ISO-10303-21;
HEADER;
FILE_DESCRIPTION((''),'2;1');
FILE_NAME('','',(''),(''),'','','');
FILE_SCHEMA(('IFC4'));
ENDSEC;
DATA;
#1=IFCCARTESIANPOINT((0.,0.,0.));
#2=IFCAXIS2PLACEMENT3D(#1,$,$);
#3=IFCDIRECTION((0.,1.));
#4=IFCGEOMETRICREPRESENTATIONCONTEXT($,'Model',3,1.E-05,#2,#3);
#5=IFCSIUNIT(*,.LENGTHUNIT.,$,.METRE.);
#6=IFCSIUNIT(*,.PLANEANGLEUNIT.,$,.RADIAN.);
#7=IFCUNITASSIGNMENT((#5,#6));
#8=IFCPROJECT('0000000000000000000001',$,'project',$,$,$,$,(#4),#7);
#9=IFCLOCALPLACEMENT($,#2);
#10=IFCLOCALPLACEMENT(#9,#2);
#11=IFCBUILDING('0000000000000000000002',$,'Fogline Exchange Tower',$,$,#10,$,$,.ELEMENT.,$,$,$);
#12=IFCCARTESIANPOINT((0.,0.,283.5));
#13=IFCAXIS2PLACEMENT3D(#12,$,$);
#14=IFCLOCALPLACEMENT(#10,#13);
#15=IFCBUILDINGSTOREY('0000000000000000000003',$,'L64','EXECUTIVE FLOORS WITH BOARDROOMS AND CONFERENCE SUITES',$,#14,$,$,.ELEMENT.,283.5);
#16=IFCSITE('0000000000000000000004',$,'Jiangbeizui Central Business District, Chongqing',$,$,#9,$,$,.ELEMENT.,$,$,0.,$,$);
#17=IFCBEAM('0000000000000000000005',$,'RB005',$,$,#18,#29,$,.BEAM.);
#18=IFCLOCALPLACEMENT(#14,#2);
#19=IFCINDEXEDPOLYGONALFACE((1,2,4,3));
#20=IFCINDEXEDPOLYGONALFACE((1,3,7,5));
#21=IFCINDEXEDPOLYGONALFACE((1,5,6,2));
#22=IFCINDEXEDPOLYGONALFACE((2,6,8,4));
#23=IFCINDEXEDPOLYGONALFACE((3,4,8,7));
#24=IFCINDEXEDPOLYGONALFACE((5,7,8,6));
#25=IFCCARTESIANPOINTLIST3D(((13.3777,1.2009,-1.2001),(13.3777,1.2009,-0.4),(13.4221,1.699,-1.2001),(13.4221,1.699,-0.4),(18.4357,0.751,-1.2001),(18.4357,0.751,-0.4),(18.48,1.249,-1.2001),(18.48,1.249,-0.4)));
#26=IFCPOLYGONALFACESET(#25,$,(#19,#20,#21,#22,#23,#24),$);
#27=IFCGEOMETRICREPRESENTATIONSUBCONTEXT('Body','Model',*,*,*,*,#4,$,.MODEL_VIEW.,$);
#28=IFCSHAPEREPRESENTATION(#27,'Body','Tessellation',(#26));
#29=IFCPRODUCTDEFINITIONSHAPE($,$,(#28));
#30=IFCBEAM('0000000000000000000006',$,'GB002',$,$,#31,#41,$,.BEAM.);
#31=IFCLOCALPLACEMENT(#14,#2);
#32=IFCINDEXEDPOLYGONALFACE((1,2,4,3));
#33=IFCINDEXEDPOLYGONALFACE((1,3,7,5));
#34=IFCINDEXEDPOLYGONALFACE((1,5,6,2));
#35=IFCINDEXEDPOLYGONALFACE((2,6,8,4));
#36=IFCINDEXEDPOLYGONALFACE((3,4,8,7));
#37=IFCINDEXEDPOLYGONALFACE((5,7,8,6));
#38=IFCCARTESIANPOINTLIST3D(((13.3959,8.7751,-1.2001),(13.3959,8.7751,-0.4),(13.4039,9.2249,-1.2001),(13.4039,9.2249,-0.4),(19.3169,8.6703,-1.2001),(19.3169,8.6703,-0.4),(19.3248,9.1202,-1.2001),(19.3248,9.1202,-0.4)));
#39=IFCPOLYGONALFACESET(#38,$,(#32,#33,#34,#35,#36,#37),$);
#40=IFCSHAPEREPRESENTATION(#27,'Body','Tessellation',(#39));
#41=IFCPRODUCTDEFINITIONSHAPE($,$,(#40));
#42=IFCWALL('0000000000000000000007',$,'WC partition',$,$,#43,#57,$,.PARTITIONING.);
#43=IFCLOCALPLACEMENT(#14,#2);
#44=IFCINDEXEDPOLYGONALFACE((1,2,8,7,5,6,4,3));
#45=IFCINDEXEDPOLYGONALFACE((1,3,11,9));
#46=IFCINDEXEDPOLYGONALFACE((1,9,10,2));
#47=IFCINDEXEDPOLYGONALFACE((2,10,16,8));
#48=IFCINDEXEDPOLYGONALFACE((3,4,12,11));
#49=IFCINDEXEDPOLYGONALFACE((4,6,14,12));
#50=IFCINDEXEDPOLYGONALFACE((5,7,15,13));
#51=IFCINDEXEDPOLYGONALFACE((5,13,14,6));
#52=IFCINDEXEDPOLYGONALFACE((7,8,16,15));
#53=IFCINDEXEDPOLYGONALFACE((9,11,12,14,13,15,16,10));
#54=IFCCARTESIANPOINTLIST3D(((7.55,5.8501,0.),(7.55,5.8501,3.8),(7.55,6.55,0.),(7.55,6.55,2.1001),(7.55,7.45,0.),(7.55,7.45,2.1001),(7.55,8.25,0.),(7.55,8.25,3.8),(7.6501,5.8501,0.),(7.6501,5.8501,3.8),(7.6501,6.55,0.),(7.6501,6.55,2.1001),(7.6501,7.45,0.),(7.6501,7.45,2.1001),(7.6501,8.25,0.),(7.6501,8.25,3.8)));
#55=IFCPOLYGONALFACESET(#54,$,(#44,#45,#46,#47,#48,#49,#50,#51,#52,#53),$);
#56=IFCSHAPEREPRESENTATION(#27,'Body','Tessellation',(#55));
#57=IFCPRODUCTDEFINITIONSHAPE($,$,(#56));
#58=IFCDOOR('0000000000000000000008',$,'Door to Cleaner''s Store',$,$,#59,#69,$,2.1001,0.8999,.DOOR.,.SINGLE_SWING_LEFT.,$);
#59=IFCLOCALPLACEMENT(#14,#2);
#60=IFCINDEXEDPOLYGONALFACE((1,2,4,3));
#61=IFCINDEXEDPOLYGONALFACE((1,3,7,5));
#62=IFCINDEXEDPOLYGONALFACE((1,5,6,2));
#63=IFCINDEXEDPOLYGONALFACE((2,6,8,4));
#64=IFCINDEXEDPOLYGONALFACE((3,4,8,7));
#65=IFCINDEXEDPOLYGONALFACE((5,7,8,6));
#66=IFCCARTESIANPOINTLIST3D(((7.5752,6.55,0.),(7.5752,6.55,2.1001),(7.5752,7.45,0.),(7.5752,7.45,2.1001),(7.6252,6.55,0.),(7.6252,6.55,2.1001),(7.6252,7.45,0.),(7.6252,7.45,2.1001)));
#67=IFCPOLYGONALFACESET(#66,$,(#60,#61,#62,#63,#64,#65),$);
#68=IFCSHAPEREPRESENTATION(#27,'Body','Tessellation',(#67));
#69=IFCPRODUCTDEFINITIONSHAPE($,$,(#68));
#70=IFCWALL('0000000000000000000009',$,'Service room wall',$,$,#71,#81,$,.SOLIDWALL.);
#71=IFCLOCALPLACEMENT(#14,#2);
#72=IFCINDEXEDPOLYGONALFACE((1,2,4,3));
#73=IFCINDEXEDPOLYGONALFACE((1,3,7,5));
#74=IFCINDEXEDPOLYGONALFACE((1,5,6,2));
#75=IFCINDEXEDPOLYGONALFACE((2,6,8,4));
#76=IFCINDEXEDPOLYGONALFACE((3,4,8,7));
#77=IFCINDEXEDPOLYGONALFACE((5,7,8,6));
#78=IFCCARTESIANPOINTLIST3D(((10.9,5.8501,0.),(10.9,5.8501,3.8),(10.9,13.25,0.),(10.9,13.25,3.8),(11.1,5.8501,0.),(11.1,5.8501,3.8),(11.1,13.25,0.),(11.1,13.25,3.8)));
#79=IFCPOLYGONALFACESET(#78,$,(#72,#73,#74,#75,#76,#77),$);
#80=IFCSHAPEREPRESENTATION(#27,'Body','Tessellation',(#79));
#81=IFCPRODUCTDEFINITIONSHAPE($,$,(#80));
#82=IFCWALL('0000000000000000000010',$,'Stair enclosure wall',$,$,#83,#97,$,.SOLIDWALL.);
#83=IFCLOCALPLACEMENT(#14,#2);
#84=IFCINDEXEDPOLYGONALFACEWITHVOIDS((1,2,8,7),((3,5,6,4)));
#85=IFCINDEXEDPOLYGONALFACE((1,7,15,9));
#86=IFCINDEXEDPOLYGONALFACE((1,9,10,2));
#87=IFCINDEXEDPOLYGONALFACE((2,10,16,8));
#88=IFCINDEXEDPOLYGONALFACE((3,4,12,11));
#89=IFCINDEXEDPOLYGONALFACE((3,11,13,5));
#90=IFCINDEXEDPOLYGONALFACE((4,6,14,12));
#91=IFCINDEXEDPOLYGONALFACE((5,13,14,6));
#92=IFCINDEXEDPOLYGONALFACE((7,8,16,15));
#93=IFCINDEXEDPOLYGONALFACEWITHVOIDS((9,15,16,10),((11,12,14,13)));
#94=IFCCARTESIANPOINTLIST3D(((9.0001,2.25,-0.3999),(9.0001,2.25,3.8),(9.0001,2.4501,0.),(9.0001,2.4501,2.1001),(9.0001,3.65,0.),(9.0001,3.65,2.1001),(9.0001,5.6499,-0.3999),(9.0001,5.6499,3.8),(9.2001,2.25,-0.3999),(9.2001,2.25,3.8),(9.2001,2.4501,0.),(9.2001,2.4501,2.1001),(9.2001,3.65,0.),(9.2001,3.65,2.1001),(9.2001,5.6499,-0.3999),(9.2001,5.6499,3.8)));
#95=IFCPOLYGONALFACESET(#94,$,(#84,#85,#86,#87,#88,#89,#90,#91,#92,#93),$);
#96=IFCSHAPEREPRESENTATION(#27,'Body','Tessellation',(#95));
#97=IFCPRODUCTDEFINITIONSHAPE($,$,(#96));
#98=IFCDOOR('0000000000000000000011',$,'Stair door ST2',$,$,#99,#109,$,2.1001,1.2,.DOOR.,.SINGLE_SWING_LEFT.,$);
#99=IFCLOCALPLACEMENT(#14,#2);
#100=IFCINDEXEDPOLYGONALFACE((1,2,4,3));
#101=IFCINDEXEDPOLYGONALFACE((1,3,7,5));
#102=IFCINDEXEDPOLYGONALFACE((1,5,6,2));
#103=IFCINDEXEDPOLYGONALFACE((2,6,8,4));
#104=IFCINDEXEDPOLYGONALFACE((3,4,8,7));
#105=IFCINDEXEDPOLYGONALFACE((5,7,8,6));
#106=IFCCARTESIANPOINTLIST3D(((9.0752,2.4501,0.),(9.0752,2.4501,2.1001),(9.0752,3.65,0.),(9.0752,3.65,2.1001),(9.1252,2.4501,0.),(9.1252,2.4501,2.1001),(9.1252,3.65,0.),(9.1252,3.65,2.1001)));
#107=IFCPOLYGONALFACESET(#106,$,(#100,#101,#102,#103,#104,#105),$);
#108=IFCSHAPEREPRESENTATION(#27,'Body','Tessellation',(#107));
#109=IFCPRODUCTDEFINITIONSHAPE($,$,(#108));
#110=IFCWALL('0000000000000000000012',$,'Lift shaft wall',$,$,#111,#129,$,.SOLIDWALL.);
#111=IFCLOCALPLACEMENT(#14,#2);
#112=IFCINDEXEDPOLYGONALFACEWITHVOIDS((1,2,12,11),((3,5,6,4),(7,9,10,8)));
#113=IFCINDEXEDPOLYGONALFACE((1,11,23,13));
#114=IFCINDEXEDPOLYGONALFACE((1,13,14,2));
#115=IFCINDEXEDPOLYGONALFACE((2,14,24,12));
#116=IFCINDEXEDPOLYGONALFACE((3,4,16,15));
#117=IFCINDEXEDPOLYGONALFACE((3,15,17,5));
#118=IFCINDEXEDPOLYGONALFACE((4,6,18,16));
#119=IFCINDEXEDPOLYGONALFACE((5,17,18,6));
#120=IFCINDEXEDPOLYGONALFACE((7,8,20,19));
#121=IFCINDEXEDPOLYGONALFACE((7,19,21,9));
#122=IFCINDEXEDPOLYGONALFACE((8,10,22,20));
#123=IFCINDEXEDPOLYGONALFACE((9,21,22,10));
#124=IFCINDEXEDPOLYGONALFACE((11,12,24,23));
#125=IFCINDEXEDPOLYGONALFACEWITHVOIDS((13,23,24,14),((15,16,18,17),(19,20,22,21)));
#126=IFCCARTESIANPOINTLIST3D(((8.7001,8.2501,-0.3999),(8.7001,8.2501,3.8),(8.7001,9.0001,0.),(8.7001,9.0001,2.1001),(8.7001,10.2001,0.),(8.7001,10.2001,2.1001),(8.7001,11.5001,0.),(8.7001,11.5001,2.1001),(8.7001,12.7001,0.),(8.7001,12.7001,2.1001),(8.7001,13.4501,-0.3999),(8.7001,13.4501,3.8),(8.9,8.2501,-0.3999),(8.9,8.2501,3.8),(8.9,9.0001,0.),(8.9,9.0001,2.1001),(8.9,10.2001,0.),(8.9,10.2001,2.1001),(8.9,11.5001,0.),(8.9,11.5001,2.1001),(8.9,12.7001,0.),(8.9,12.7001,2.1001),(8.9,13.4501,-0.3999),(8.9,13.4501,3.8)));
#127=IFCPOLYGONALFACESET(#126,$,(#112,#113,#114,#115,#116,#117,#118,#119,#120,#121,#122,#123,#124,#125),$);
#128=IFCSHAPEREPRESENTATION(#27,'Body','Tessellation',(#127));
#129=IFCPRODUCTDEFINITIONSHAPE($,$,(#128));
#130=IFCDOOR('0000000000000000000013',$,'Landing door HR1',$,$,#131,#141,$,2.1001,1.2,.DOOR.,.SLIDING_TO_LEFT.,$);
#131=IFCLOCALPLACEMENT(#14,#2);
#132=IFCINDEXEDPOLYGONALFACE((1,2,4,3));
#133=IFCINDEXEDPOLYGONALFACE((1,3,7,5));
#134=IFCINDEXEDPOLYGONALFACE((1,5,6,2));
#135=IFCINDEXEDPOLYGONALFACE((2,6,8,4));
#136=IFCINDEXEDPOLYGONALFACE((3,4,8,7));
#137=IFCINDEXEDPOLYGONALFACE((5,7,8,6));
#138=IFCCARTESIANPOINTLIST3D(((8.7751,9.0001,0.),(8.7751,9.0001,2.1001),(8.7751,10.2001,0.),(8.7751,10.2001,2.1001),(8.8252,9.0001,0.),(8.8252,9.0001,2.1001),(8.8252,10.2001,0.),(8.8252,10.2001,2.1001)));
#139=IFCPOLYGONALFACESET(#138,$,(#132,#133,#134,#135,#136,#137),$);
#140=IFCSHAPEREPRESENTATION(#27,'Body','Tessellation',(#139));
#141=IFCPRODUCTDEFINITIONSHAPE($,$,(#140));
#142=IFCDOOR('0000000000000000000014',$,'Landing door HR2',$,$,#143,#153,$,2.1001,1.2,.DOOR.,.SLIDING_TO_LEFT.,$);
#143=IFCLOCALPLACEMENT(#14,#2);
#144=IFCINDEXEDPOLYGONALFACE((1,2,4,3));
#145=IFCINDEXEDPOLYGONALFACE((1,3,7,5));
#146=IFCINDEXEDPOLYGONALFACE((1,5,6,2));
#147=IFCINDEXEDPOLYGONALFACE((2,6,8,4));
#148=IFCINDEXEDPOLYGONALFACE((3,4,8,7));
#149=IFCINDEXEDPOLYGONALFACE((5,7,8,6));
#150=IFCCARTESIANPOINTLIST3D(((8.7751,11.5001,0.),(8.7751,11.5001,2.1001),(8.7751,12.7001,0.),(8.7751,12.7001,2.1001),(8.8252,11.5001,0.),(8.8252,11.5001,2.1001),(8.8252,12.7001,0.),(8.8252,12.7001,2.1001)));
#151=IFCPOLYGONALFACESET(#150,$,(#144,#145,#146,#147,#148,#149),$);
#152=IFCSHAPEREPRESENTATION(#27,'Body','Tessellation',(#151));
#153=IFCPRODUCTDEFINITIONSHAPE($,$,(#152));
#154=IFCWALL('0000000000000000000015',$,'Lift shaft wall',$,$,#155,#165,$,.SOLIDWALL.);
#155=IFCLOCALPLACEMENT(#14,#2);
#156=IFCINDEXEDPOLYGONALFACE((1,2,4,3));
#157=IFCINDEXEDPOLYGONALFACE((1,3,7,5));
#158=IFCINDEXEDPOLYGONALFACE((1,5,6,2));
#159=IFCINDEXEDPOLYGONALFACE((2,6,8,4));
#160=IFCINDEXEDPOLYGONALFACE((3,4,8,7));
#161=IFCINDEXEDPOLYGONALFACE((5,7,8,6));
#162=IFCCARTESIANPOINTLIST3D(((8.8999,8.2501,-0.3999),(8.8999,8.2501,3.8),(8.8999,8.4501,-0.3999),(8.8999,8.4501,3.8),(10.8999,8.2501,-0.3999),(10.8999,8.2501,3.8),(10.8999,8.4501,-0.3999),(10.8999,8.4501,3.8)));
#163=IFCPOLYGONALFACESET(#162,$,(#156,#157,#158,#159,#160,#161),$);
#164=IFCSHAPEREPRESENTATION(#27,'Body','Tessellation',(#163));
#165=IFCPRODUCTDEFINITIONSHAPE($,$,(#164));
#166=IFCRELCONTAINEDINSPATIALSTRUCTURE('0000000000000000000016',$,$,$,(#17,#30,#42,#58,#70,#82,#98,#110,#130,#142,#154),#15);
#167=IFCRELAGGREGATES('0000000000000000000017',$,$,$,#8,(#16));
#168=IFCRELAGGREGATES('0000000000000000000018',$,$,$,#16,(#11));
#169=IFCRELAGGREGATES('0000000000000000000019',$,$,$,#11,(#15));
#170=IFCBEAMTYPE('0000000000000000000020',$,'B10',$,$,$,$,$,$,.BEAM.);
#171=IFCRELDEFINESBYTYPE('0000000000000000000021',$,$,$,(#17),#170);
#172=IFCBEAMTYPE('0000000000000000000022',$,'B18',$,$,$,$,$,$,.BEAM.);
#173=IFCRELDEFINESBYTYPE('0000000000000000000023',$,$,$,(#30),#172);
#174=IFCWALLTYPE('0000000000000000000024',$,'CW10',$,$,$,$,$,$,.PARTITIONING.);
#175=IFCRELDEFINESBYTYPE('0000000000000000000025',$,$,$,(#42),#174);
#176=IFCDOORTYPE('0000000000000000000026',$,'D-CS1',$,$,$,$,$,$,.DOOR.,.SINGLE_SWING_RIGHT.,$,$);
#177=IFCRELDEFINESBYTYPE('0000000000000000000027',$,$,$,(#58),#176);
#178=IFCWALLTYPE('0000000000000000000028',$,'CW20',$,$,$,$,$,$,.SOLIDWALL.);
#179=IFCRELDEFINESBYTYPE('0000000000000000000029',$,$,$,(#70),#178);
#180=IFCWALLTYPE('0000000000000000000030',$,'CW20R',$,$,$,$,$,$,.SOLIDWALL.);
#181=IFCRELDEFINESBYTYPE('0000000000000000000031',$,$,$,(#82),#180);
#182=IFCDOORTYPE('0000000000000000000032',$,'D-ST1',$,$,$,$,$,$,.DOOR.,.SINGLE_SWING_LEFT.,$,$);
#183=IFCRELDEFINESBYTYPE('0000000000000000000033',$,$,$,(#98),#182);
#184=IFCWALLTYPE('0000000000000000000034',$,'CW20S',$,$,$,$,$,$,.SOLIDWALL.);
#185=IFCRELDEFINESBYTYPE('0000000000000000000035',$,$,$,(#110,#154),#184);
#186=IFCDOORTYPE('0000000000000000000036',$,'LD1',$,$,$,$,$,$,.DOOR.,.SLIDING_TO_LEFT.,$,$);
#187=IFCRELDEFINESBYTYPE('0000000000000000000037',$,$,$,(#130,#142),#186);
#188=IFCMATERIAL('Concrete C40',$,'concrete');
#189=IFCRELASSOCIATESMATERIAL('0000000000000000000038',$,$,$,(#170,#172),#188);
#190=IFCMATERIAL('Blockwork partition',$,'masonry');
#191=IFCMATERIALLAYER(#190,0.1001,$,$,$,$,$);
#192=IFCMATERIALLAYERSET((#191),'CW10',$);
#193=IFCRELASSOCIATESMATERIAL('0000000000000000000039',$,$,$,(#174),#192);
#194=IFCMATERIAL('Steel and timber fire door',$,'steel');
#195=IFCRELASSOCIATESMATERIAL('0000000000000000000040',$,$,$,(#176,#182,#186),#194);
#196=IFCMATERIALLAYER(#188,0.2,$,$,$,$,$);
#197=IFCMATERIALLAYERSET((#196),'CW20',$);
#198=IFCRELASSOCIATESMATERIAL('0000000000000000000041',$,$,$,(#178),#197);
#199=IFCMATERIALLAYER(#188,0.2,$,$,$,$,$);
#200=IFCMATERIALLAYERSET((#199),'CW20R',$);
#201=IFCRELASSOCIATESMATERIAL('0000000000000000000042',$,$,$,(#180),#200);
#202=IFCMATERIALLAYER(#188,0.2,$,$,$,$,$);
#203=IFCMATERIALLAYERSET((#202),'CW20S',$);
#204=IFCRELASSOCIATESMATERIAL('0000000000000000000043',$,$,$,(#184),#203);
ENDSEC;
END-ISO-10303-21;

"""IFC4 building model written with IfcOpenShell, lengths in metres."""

from ifc_helpers import new_model, si_unit, direction, frame, frame_2d, origin, origin_2d, place, context, subcontext, project, spatial, rectangle, extrude, material, layer, layer_set, material_profile, profile_set, type_object, element, fill, save


model = new_model("IFC4")

# Units and contexts
model_context = context("Model", 3, precision=1e-05, world=origin(), true_north=direction((0.0, 1.0)))
body_context = subcontext(model_context, "Body", "Model", "MODEL_VIEW")
ifc_project = project(units=[si_unit("LENGTHUNIT", "METRE"), si_unit("PLANEANGLEUNIT", "RADIAN")], contexts=[model_context])

# Site, building, storey
site_placement = place(None, origin())
site = spatial("IfcSite", under=ifc_project, at=site_placement, Name="Jiangbeizui Central Business District, Chongqing", CompositionType="ELEMENT", RefElevation=0.0)
building_placement = place(site_placement, origin())
building = spatial("IfcBuilding", under=site, at=building_placement, Name="Fogline Exchange Tower", CompositionType="ELEMENT")
storey_placement = place(building_placement, frame((0.0, 0.0, 283.5)))
storey = spatial("IfcBuildingStorey", under=building, at=storey_placement, Name="L64", Description="EXECUTIVE FLOORS WITH BOARDROOMS AND CONFERENCE SUITES", CompositionType="ELEMENT", Elevation=283.5)

# Beams
ifc_material_1 = material(Name="Concrete C40", Category="concrete")
ifc_material_profile_1 = material_profile(ifc_material_1, rectangle(XDim=0.5, YDim=0.8, at=origin_2d()), Name="RC 500x800")
ifc_profile_set_1 = profile_set([ifc_material_profile_1], Name="Concrete C40")
beam_type_1 = type_object("IfcBeamType", Name="B10", PredefinedType="BEAM", material=ifc_profile_set_1)
beam_1_placement = place(storey_placement, frame((13.3999, 1.45, -0.8), z_axis=(0.996066, -0.088611, 0.0), x_axis=(0.088611, 0.996066, 0.0)))
element("IfcBeam", 1, at=beam_1_placement, inside=storey, type_object=beam_type_1, Name="RB005", PredefinedType="BEAM", context=body_context, shape_type="SweptSolid", body=[
    extrude(rectangle(XDim=0.5, YDim=0.8, at=origin_2d()), origin(), (0.0, 0.0, 1.0), 5.0779),
])
ifc_material_profile_2 = material_profile(ifc_material_1, rectangle(XDim=0.45, YDim=0.8, at=origin_2d()), Name="RC 450x800")
ifc_profile_set_2 = profile_set([ifc_material_profile_2], Name="Concrete C40")
beam_type_2 = type_object("IfcBeamType", Name="B18", PredefinedType="BEAM", material=ifc_profile_set_2)
beam_2_placement = place(storey_placement, frame((13.3999, 9.0, -0.8), z_axis=(0.999844, -0.017686, 0.0), x_axis=(0.017686, 0.999844, 0.0)))
element("IfcBeam", 2, at=beam_2_placement, inside=storey, type_object=beam_type_2, Name="GB002", PredefinedType="BEAM", context=body_context, shape_type="SweptSolid", body=[
    extrude(rectangle(XDim=0.45, YDim=0.8, at=origin_2d()), origin(), (0.0, 0.0, 1.0), 5.9219),
])

# Wall, opening, door
ifc_material_2 = material(Name="Blockwork partition", Category="masonry")
ifc_layer_1 = layer(ifc_material_2, 0.1001)
ifc_layer_set_1 = layer_set([ifc_layer_1], Name="CW10")
wall_type_1 = type_object("IfcWallType", Name="CW10", PredefinedType="PARTITIONING", material=ifc_layer_set_1)
wall_1_placement = place(storey_placement, frame((7.6001, 5.8501, 0.0), z_axis=(0.0, 0.0, 1.0), x_axis=(0.0, 1.0, 0.0)))
wall_1 = element("IfcWall", 3, at=wall_1_placement, inside=storey, type_object=wall_type_1, Name="WC partition", PredefinedType="PARTITIONING", context=body_context, shape_type="SweptSolid", body=[
    extrude(rectangle(XDim=2.3999, YDim=0.1001, at=frame_2d((1.2, 0.0))), origin(), (0.0, 0.0, 1.0), 3.8),
])
opening_1_placement = place(wall_1_placement, frame((0.7, 0.0, 0.0)))
opening_1 = element("IfcOpeningElement", 4, at=opening_1_placement, cuts=wall_1, PredefinedType="OPENING", context=body_context, shape_type="SweptSolid", body=[
    extrude(rectangle(XDim=0.8999, YDim=2.1001, at=frame_2d((0.45, 1.05))), frame((0.0, 0.0601, 0.0), z_axis=(0.0, -1.0, 0.0), x_axis=(1.0, 0.0, 0.0)), (0.0, 0.0, 1.0), 0.1201),
])
ifc_material_3 = material(Name="Steel and timber fire door", Category="steel")
door_type_1 = type_object("IfcDoorType", Name="D-CS1", OperationType="SINGLE_SWING_RIGHT", PredefinedType="DOOR", material=ifc_material_3)
door_1_placement = place(opening_1_placement, origin())
door_1 = element("IfcDoor", 5, at=door_1_placement, inside=storey, type_object=door_type_1, Name="Door to Cleaner's Store", OperationType="SINGLE_SWING_LEFT", OverallHeight=2.1001, OverallWidth=0.8999, PredefinedType="DOOR", context=body_context, shape_type="SweptSolid", body=[
    extrude(rectangle(XDim=0.8999, YDim=2.1001, at=frame_2d((0.45, 1.05))), frame((0.0, 0.0249, 0.0), z_axis=(0.0, -1.0, 0.0), x_axis=(1.0, 0.0, 0.0)), (0.0, 0.0, 1.0), 0.05),
])
fill(opening_1, door_1)

# Wall
ifc_layer_2 = layer(ifc_material_1, 0.2)
ifc_layer_set_2 = layer_set([ifc_layer_2], Name="CW20")
wall_type_2 = type_object("IfcWallType", Name="CW20", PredefinedType="SOLIDWALL", material=ifc_layer_set_2)
wall_2_placement = place(storey_placement, frame((11.0, 5.8501, 0.0), z_axis=(0.0, 0.0, 1.0), x_axis=(0.0, 1.0, 0.0)))
element("IfcWall", 6, at=wall_2_placement, inside=storey, type_object=wall_type_2, Name="Service room wall", PredefinedType="SOLIDWALL", context=body_context, shape_type="SweptSolid", body=[
    extrude(rectangle(XDim=7.3999, YDim=0.2, at=frame_2d((3.7, 0.0))), origin(), (0.0, 0.0, 1.0), 3.8),
])

# Wall, opening, door
ifc_layer_3 = layer(ifc_material_1, 0.2)
ifc_layer_set_3 = layer_set([ifc_layer_3], Name="CW20R")
wall_type_3 = type_object("IfcWallType", Name="CW20R", PredefinedType="SOLIDWALL", material=ifc_layer_set_3)
wall_3_placement = place(storey_placement, frame((9.1001, 2.25, -0.3999), z_axis=(0.0, 0.0, 1.0), x_axis=(0.0, 1.0, 0.0)))
wall_3 = element("IfcWall", 7, at=wall_3_placement, inside=storey, type_object=wall_type_3, Name="Stair enclosure wall", PredefinedType="SOLIDWALL", context=body_context, shape_type="SweptSolid", body=[
    extrude(rectangle(XDim=3.3999, YDim=0.2, at=frame_2d((1.7, 0.0))), origin(), (0.0, 0.0, 1.0), 4.2),
])
opening_2_placement = place(wall_3_placement, frame((0.2, 0.0, 0.3999)))
opening_2 = element("IfcOpeningElement", 8, at=opening_2_placement, cuts=wall_3, PredefinedType="OPENING", context=body_context, shape_type="SweptSolid", body=[
    extrude(rectangle(XDim=1.2, YDim=2.1001, at=frame_2d((0.6001, 1.05))), frame((0.0, 0.1099, 0.0), z_axis=(0.0, -1.0, 0.0), x_axis=(1.0, 0.0, 0.0)), (0.0, 0.0, 1.0), 0.22),
])
door_type_2 = type_object("IfcDoorType", Name="D-ST1", OperationType="SINGLE_SWING_LEFT", PredefinedType="DOOR", material=ifc_material_3)
door_2_placement = place(opening_2_placement, origin())
door_2 = element("IfcDoor", 9, at=door_2_placement, inside=storey, type_object=door_type_2, Name="Stair door ST2", OperationType="SINGLE_SWING_LEFT", OverallHeight=2.1001, OverallWidth=1.2, PredefinedType="DOOR", context=body_context, shape_type="SweptSolid", body=[
    extrude(rectangle(XDim=1.2, YDim=2.1001, at=frame_2d((0.6001, 1.05))), frame((0.0, 0.0249, 0.0), z_axis=(0.0, -1.0, 0.0), x_axis=(1.0, 0.0, 0.0)), (0.0, 0.0, 1.0), 0.05),
])
fill(opening_2, door_2)

# Wall, openings, doors
ifc_layer_4 = layer(ifc_material_1, 0.2)
ifc_layer_set_4 = layer_set([ifc_layer_4], Name="CW20S")
wall_type_4 = type_object("IfcWallType", Name="CW20S", PredefinedType="SOLIDWALL", material=ifc_layer_set_4)
wall_4_placement = place(storey_placement, frame((8.8, 8.25, -0.3999), z_axis=(0.0, 0.0, 1.0), x_axis=(0.0, 1.0, 0.0)))
wall_4 = element("IfcWall", 10, at=wall_4_placement, inside=storey, type_object=wall_type_4, Name="Lift shaft wall", PredefinedType="SOLIDWALL", context=body_context, shape_type="SweptSolid", body=[
    extrude(rectangle(XDim=5.2, YDim=0.2, at=frame_2d((2.6001, 0.0))), origin(), (0.0, 0.0, 1.0), 4.2),
])
opening_3_placement = place(wall_4_placement, frame((0.75, 0.0, 0.3999)))
opening_3 = element("IfcOpeningElement", 11, at=opening_3_placement, cuts=wall_4, PredefinedType="OPENING", context=body_context, shape_type="SweptSolid", body=[
    extrude(rectangle(XDim=1.2, YDim=2.1001, at=frame_2d((0.6001, 1.05))), frame((0.0, 0.1099, 0.0), z_axis=(0.0, -1.0, 0.0), x_axis=(1.0, 0.0, 0.0)), (0.0, 0.0, 1.0), 0.22),
])
opening_4_placement = place(wall_4_placement, frame((3.25, 0.0, 0.3999)))
opening_4 = element("IfcOpeningElement", 12, at=opening_4_placement, cuts=wall_4, PredefinedType="OPENING", context=body_context, shape_type="SweptSolid", body=[
    extrude(rectangle(XDim=1.2, YDim=2.1001, at=frame_2d((0.6001, 1.05))), frame((0.0, 0.1099, 0.0), z_axis=(0.0, -1.0, 0.0), x_axis=(1.0, 0.0, 0.0)), (0.0, 0.0, 1.0), 0.22),
])
door_type_3 = type_object("IfcDoorType", Name="LD1", OperationType="SLIDING_TO_LEFT", PredefinedType="DOOR", material=ifc_material_3)
door_3_placement = place(opening_3_placement, origin())
door_3 = element("IfcDoor", 13, at=door_3_placement, inside=storey, type_object=door_type_3, Name="Landing door HR1", OperationType="SLIDING_TO_LEFT", OverallHeight=2.1001, OverallWidth=1.2, PredefinedType="DOOR", context=body_context, shape_type="SweptSolid", body=[
    extrude(rectangle(XDim=1.2, YDim=2.1001, at=frame_2d((0.6001, 1.05))), frame((0.0, 0.0249, 0.0), z_axis=(0.0, -1.0, 0.0), x_axis=(1.0, 0.0, 0.0)), (0.0, 0.0, 1.0), 0.05),
])
fill(opening_3, door_3)
door_4_placement = place(opening_4_placement, origin())
door_4 = element("IfcDoor", 14, at=door_4_placement, inside=storey, type_object=door_type_3, Name="Landing door HR2", OperationType="SLIDING_TO_LEFT", OverallHeight=2.1001, OverallWidth=1.2, PredefinedType="DOOR", context=body_context, shape_type="SweptSolid", body=[
    extrude(rectangle(XDim=1.2, YDim=2.1001, at=frame_2d((0.6001, 1.05))), frame((0.0, 0.0249, 0.0), z_axis=(0.0, -1.0, 0.0), x_axis=(1.0, 0.0, 0.0)), (0.0, 0.0, 1.0), 0.05),
])
fill(opening_4, door_4)

# Wall
for number, where, z_axis, x_axis, name in (
    (15, (8.8999, 8.3501, -0.3999), (0.0, 0.0, 1.0), (1.0, 0.0, 0.0), "Lift shaft wall"),
):
    element("IfcWall", number, at=place(storey_placement, frame(where, z_axis=z_axis, x_axis=x_axis)), inside=storey, type_object=wall_type_4, Name=name, PredefinedType="SOLIDWALL", context=body_context, shape_type="SweptSolid", body=[
        extrude(rectangle(XDim=2.0, YDim=0.2, at=frame_2d((1.0, 0.0))), origin(), (0.0, 0.0, 1.0), 4.2),
    ])

save(model, "model.ifc")
